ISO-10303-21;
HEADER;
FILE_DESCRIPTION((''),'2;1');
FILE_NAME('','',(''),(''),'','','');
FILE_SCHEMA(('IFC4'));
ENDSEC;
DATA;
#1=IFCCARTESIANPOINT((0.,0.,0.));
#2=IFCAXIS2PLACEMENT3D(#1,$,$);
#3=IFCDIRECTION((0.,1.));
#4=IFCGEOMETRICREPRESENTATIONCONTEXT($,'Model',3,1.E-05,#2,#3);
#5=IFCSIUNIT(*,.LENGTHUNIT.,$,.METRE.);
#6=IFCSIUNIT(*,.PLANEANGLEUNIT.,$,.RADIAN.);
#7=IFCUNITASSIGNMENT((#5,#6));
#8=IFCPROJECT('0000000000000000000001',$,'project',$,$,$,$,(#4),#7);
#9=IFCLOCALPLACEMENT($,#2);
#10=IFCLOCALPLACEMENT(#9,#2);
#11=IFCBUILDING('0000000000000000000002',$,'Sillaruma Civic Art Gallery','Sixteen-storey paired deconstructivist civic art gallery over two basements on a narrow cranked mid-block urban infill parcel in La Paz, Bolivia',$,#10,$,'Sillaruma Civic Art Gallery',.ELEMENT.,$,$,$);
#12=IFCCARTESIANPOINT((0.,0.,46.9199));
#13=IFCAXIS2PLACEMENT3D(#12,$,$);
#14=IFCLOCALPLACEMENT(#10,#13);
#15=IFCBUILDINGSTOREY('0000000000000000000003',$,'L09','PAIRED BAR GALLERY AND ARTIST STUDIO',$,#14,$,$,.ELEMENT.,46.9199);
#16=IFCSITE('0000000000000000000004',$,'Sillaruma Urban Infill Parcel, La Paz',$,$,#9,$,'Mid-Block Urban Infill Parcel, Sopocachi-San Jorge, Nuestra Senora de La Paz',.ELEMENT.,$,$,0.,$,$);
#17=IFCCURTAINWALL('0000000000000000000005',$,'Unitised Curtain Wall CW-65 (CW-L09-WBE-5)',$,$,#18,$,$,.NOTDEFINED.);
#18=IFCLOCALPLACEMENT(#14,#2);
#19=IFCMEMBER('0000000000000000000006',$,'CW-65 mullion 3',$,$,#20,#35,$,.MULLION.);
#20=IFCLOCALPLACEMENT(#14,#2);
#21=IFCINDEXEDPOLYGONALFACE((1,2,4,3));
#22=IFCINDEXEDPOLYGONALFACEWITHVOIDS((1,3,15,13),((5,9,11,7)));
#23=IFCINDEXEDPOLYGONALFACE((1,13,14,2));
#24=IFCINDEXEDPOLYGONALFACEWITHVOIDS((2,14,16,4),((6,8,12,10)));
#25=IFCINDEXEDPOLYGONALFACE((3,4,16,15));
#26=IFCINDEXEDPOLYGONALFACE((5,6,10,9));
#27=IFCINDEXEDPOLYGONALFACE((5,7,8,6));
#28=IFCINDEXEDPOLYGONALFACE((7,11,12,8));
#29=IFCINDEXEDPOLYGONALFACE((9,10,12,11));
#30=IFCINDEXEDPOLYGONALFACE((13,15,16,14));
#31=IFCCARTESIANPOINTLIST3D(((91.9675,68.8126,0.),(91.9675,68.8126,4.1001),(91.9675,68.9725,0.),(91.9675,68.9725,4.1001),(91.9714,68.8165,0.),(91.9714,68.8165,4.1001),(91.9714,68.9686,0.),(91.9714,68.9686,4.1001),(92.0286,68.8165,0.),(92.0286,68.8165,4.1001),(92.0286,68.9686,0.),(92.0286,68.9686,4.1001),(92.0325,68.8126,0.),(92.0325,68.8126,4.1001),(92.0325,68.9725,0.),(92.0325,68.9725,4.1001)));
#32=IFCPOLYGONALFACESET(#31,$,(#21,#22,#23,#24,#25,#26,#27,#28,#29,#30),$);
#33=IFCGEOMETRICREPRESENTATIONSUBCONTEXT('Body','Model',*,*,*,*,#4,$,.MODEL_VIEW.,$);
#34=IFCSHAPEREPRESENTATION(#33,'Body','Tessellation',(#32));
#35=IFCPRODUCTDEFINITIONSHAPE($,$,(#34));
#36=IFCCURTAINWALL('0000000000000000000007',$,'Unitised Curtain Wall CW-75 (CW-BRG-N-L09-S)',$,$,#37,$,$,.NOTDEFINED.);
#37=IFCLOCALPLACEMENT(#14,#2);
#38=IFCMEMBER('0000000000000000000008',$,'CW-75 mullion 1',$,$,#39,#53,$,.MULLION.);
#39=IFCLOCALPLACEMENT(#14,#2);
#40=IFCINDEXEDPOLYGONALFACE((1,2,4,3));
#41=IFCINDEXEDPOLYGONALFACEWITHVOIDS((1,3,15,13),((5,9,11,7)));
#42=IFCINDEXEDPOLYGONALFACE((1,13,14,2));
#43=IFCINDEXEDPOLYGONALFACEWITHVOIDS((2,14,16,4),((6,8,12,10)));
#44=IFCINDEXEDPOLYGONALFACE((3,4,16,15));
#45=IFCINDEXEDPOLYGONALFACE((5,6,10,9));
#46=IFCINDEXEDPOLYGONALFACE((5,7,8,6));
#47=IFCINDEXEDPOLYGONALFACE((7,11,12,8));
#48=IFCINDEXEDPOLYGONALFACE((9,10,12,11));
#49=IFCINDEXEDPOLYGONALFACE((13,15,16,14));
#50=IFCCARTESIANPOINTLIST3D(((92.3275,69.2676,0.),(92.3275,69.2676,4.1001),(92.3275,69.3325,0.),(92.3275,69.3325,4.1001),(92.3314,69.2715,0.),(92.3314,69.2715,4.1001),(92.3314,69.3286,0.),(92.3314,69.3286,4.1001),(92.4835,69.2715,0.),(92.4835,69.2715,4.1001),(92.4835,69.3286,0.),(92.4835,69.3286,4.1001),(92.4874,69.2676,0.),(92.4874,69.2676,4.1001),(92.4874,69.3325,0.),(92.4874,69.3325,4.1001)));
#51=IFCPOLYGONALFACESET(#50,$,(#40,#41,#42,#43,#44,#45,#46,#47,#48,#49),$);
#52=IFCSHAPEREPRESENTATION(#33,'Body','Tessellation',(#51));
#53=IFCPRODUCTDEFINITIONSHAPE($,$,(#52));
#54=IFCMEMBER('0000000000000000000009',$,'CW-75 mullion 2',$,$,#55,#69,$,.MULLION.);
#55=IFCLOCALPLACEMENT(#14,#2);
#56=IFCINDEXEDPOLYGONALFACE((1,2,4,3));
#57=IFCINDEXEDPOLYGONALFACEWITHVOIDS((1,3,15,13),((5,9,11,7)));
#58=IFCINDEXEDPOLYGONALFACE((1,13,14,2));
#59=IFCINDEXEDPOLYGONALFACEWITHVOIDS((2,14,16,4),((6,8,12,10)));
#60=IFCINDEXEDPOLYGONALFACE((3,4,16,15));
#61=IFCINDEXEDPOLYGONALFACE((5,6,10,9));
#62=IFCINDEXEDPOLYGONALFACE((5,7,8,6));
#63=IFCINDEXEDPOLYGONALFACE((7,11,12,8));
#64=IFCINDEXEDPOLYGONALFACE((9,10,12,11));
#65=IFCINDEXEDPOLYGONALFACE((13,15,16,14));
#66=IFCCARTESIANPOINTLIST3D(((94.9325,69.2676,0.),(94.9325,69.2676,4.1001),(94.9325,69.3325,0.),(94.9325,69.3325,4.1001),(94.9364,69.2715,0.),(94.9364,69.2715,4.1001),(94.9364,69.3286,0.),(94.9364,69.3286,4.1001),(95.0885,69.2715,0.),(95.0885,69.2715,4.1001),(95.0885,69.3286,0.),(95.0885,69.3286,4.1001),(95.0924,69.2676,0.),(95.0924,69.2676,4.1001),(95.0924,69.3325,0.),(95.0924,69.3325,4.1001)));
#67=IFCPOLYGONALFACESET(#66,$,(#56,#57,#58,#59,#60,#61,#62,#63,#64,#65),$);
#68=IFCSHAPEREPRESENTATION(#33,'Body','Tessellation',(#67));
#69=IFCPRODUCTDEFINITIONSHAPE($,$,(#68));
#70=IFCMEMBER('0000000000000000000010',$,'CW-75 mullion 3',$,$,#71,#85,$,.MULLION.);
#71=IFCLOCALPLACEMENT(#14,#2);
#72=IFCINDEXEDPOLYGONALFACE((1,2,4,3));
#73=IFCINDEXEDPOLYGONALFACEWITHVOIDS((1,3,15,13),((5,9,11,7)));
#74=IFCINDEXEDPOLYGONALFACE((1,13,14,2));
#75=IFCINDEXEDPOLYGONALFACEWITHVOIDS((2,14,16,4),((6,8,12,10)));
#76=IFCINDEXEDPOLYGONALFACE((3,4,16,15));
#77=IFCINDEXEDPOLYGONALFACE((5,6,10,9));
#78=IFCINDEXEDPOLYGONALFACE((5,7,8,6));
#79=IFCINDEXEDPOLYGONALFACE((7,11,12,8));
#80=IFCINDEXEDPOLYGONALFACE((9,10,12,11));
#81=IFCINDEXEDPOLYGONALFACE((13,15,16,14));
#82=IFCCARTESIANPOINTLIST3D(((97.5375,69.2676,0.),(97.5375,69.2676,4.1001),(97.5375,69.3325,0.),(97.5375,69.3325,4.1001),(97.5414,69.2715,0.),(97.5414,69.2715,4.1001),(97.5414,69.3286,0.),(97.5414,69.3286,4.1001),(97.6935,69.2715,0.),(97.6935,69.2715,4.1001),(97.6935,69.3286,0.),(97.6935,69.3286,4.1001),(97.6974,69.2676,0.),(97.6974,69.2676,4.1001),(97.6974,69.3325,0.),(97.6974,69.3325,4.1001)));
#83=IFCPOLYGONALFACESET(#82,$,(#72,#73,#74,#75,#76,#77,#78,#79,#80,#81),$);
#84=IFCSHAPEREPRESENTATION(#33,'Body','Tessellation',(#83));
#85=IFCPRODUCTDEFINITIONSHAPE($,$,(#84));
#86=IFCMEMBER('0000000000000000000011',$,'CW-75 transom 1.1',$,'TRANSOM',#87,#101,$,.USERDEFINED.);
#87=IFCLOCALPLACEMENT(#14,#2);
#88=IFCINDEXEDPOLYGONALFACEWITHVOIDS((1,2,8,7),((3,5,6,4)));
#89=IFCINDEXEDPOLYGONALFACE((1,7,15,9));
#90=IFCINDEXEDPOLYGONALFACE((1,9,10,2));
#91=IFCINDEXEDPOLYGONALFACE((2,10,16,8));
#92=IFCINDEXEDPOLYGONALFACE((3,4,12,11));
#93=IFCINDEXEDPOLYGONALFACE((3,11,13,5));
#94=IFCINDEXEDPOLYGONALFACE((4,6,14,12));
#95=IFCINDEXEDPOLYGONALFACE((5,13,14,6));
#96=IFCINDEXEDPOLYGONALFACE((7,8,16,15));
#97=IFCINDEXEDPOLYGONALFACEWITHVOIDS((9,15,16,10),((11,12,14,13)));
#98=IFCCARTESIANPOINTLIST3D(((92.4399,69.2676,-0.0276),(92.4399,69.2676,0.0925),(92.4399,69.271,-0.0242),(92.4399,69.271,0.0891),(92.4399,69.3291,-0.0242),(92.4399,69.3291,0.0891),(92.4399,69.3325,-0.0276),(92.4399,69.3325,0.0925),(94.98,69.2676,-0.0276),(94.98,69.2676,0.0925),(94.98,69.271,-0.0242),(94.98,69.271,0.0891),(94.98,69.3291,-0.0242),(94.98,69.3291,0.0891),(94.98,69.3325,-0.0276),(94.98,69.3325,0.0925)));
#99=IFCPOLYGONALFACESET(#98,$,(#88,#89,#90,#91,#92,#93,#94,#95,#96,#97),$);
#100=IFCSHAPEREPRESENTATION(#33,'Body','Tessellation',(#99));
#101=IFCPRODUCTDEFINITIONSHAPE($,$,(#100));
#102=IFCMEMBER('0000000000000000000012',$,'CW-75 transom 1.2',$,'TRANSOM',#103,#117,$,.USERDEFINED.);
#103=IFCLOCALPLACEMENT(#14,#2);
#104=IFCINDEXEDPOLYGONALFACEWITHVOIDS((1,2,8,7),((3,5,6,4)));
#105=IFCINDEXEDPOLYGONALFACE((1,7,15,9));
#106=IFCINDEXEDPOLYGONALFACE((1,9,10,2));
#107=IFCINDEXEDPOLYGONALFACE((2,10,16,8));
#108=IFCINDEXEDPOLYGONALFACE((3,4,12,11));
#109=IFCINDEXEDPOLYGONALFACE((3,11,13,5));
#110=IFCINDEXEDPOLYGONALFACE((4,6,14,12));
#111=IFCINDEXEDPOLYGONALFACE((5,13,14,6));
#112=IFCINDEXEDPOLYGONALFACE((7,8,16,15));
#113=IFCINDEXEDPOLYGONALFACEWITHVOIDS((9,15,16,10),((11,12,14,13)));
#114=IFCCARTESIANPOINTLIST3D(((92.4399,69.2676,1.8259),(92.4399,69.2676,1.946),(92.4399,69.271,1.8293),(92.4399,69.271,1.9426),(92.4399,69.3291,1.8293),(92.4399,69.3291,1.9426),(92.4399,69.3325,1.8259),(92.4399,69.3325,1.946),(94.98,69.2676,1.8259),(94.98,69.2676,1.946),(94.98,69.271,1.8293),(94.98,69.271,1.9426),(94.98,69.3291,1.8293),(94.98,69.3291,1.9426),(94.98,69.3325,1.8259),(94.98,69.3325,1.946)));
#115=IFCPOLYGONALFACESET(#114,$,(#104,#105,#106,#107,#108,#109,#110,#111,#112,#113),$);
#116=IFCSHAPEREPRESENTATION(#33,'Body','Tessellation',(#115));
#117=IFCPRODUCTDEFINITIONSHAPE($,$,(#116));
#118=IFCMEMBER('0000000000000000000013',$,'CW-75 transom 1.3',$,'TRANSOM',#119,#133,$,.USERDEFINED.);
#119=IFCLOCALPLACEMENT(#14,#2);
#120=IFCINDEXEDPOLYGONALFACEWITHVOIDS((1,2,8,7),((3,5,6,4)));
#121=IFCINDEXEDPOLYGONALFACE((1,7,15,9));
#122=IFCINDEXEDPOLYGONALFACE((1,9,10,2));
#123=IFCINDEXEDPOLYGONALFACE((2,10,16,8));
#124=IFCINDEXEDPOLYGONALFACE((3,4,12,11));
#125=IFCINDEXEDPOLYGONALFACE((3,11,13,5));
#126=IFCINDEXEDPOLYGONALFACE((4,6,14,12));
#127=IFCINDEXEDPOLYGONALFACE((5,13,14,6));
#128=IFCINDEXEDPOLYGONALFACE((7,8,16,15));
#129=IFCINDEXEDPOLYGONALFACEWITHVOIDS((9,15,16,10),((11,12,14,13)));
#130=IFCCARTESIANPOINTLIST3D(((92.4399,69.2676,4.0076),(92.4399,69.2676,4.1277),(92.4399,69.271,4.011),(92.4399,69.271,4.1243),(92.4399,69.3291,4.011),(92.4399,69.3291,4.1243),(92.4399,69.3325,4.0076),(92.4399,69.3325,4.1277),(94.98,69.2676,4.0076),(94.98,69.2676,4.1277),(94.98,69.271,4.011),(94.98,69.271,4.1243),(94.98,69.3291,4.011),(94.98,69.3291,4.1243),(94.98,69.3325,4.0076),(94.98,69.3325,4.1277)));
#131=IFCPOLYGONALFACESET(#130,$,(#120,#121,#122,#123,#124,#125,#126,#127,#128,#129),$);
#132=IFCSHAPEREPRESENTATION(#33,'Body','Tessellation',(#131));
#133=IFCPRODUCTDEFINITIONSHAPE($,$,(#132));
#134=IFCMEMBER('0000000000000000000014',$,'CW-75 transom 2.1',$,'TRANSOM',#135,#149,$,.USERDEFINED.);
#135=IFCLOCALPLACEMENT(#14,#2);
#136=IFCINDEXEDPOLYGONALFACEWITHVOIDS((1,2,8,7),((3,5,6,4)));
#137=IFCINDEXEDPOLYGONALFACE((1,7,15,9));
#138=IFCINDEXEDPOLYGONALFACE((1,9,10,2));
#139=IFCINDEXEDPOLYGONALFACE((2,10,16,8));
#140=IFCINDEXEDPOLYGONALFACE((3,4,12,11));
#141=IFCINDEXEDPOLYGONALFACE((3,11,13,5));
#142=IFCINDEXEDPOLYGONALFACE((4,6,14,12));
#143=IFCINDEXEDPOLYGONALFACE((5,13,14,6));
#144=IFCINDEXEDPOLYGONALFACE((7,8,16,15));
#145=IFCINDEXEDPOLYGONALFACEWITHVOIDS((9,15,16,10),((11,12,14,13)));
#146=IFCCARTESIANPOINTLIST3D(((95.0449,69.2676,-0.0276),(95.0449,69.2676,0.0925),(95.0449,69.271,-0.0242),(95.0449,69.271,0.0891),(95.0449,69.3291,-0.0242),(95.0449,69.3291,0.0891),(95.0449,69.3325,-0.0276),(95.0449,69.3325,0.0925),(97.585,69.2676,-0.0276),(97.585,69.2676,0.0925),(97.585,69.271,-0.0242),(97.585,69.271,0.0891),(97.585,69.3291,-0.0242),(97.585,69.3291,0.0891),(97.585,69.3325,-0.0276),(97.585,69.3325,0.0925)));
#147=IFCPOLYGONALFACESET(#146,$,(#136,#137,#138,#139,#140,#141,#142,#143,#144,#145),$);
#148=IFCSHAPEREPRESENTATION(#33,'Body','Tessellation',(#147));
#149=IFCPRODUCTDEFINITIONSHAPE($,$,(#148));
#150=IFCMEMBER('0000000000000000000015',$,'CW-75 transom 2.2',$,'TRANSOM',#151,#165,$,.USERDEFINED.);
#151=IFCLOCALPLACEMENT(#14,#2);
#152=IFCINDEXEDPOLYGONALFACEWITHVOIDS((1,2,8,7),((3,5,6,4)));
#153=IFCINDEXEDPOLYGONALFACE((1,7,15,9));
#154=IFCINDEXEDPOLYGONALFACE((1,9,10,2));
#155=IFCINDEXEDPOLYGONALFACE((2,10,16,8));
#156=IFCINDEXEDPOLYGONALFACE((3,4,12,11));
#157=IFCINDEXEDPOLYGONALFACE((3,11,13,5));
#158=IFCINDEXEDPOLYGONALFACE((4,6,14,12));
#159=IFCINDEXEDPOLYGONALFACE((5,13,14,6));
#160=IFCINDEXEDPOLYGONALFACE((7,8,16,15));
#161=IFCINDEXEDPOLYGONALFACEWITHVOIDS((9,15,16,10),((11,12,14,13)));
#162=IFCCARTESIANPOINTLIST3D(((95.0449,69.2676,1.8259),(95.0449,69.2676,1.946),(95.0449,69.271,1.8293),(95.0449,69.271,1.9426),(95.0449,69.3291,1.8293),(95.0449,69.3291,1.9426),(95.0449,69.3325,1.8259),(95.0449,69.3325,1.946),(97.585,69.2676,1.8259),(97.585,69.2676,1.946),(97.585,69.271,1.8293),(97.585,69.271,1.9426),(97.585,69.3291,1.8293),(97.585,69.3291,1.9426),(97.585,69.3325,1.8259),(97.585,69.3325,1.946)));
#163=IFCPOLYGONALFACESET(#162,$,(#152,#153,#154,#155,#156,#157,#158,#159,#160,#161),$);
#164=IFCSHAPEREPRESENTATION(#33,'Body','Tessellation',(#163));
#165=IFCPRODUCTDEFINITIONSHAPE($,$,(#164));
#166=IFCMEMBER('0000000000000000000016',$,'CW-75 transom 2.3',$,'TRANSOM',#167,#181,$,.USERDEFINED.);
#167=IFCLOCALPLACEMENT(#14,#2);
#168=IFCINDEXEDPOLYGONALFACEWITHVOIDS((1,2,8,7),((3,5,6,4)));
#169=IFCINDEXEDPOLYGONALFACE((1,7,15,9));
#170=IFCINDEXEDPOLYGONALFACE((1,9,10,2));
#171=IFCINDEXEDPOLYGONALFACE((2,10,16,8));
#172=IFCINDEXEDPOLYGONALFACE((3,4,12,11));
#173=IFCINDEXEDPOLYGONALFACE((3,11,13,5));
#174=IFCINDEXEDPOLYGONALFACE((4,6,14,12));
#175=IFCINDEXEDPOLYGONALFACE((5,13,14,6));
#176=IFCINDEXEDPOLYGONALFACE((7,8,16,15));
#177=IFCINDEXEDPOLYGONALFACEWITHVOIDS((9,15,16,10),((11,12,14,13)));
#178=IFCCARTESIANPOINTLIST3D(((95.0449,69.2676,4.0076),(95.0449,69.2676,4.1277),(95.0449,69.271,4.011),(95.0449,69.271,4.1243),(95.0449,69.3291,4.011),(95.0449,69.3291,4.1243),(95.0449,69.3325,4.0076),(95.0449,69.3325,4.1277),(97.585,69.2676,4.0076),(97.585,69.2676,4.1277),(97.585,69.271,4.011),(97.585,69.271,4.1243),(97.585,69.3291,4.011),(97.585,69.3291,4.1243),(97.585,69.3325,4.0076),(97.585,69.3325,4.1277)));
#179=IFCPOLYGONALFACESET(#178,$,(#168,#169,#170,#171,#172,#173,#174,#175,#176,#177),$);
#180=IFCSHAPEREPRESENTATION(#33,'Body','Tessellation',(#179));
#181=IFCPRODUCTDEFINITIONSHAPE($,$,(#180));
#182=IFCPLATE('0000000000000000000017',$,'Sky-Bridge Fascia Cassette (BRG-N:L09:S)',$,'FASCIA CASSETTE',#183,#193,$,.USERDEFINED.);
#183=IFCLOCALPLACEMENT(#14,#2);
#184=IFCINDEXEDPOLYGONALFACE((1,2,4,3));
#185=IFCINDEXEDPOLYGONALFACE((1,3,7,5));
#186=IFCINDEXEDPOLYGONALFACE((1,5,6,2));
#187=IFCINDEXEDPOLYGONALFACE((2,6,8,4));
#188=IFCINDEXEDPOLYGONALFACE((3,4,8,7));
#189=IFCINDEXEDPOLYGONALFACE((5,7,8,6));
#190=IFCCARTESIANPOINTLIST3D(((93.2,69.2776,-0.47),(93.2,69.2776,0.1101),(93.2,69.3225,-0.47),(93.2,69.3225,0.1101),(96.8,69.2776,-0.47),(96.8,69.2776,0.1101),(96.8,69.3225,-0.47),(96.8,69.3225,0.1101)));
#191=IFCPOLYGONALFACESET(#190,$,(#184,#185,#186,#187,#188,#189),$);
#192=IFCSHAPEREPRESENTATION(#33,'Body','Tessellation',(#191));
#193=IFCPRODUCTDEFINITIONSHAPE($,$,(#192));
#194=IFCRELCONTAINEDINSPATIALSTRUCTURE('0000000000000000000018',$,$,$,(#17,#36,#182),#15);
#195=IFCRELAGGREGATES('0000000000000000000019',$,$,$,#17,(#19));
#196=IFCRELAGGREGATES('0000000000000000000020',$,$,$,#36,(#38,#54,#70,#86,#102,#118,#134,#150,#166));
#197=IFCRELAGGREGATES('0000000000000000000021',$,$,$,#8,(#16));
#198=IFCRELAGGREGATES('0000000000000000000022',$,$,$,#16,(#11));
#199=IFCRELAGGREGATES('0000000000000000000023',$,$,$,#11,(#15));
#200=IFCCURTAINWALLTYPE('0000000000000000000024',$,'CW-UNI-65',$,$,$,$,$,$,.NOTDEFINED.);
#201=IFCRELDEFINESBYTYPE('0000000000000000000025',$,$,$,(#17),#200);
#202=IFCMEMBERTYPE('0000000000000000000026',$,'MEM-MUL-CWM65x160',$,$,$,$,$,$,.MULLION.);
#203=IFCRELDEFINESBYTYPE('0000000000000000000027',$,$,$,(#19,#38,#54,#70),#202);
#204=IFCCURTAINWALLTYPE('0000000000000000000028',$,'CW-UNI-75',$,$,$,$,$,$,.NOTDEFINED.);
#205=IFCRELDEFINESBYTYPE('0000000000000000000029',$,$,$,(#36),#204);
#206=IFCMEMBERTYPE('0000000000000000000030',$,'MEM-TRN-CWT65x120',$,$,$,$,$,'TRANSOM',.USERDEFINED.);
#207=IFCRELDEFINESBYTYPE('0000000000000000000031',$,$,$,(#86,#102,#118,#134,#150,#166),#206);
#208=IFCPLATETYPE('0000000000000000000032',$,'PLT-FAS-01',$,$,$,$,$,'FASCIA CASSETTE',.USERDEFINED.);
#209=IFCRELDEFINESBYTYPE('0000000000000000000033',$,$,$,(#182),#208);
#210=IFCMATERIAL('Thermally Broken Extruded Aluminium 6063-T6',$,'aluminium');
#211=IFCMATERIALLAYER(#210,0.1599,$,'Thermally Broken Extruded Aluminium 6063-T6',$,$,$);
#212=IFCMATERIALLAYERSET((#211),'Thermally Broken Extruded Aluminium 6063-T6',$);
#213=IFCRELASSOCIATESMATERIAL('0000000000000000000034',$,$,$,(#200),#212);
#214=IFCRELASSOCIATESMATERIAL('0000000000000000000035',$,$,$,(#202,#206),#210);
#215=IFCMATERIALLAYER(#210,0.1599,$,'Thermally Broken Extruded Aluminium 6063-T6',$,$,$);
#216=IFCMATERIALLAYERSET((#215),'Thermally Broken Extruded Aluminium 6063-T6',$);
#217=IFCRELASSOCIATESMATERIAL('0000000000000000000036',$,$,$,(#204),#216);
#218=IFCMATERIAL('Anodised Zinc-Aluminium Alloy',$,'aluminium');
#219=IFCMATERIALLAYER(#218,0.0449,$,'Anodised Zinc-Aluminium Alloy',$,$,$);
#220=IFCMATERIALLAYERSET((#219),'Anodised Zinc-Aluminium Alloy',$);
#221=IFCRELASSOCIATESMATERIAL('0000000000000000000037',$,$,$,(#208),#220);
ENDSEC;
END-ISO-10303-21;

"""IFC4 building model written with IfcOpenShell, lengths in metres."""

from ifc_helpers import new_model, si_unit, direction, frame, origin, origin_2d, place, context, subcontext, project, spatial, rectangle, hollow_rectangle, extrude, material, layer, layer_set, material_profile, profile_set, type_object, element, aggregate, save


model = new_model("IFC4")

# Units and contexts
model_context = context("Model", 3, precision=1e-05, world=origin(), true_north=direction((0.0, 1.0)))
body_context = subcontext(model_context, "Body", "Model", "MODEL_VIEW")
ifc_project = project(units=[si_unit("LENGTHUNIT", "METRE"), si_unit("PLANEANGLEUNIT", "RADIAN")], contexts=[model_context])

# Site, building, storey
site_placement = place(None, origin())
site = spatial("IfcSite", under=ifc_project, at=site_placement, Name="Sillaruma Urban Infill Parcel, La Paz", LongName="Mid-Block Urban Infill Parcel, Sopocachi-San Jorge, Nuestra Senora de La Paz", CompositionType="ELEMENT", RefElevation=0.0)
building_placement = place(site_placement, origin())
building = spatial("IfcBuilding", under=site, at=building_placement, Name="Sillaruma Civic Art Gallery", Description="Sixteen-storey paired deconstructivist civic art gallery over two basements on a narrow cranked mid-block urban infill parcel in La Paz, Bolivia", LongName="Sillaruma Civic Art Gallery", CompositionType="ELEMENT")
storey_placement = place(building_placement, frame((0.0, 0.0, 46.9199)))
storey = spatial("IfcBuildingStorey", under=building, at=storey_placement, Name="L09", Description="PAIRED BAR GALLERY AND ARTIST STUDIO", CompositionType="ELEMENT", Elevation=46.9199)

# Curtain wall, member
ifc_material_1 = material(Name="Thermally Broken Extruded Aluminium 6063-T6", Category="aluminium")
ifc_layer_1 = layer(ifc_material_1, 0.1599, Name="Thermally Broken Extruded Aluminium 6063-T6")
ifc_layer_set_1 = layer_set([ifc_layer_1], Name="Thermally Broken Extruded Aluminium 6063-T6")
curtain_wall_type_1 = type_object("IfcCurtainWallType", Name="CW-UNI-65", PredefinedType="NOTDEFINED", material=ifc_layer_set_1)
curtain_wall_1_placement = place(storey_placement, origin())
curtain_wall_1 = element("IfcCurtainWall", 1, at=curtain_wall_1_placement, inside=storey, type_object=curtain_wall_type_1, Name="Unitised Curtain Wall CW-65 (CW-L09-WBE-5)", PredefinedType="NOTDEFINED")
ifc_material_profile_1 = material_profile(ifc_material_1, hollow_rectangle(XDim=0.0649, YDim=0.1599, WallThickness=0.0039, at=origin_2d()), Name="CWM65x160")
ifc_profile_set_1 = profile_set([ifc_material_profile_1], Name="Thermally Broken Extruded Aluminium 6063-T6")
member_type_1 = type_object("IfcMemberType", Name="MEM-MUL-CWM65x160", PredefinedType="MULLION", material=ifc_profile_set_1)
member_1_placement = place(storey_placement, frame((92.0, 68.8926, 0.0), z_axis=(0.0, 0.0, 1.0), x_axis=(-1.0, 0.0, 0.0)))
member_1 = element("IfcMember", 2, at=member_1_placement, type_object=member_type_1, Name="CW-65 mullion 3", PredefinedType="MULLION", context=body_context, shape_type="SweptSolid", body=[
    extrude(hollow_rectangle(XDim=0.0649, YDim=0.1599, WallThickness=0.0039, at=origin_2d()), origin(), (0.0, 0.0, 1.0), 4.1001),
])

# Curtain wall, members
ifc_layer_2 = layer(ifc_material_1, 0.1599, Name="Thermally Broken Extruded Aluminium 6063-T6")
ifc_layer_set_2 = layer_set([ifc_layer_2], Name="Thermally Broken Extruded Aluminium 6063-T6")
curtain_wall_type_2 = type_object("IfcCurtainWallType", Name="CW-UNI-75", PredefinedType="NOTDEFINED", material=ifc_layer_set_2)
curtain_wall_2_placement = place(storey_placement, origin())
curtain_wall_2 = element("IfcCurtainWall", 3, at=curtain_wall_2_placement, inside=storey, type_object=curtain_wall_type_2, Name="Unitised Curtain Wall CW-75 (CW-BRG-N-L09-S)", PredefinedType="NOTDEFINED")
member_2_placement = place(storey_placement, frame((92.4075, 69.3, 0.0), z_axis=(0.0, 0.0, 1.0), x_axis=(0.0, 1.0, 0.0)))
member_2 = element("IfcMember", 4, at=member_2_placement, type_object=member_type_1, Name="CW-75 mullion 1", PredefinedType="MULLION", context=body_context, shape_type="SweptSolid", body=[
    extrude(hollow_rectangle(XDim=0.0649, YDim=0.1599, WallThickness=0.0039, at=origin_2d()), origin(), (0.0, 0.0, 1.0), 4.1001),
])
member_3_placement = place(storey_placement, frame((95.0125, 69.3, 0.0), z_axis=(0.0, 0.0, 1.0), x_axis=(0.0, 1.0, 0.0)))
member_3 = element("IfcMember", 5, at=member_3_placement, type_object=member_type_1, Name="CW-75 mullion 2", PredefinedType="MULLION", context=body_context, shape_type="SweptSolid", body=[
    extrude(hollow_rectangle(XDim=0.0649, YDim=0.1599, WallThickness=0.0039, at=origin_2d()), origin(), (0.0, 0.0, 1.0), 4.1001),
])
member_4_placement = place(storey_placement, frame((97.6174, 69.3, 0.0), z_axis=(0.0, 0.0, 1.0), x_axis=(0.0, 1.0, 0.0)))
member_4 = element("IfcMember", 6, at=member_4_placement, type_object=member_type_1, Name="CW-75 mullion 3", PredefinedType="MULLION", context=body_context, shape_type="SweptSolid", body=[
    extrude(hollow_rectangle(XDim=0.0649, YDim=0.1599, WallThickness=0.0039, at=origin_2d()), origin(), (0.0, 0.0, 1.0), 4.1001),
])
ifc_material_profile_2 = material_profile(ifc_material_1, hollow_rectangle(XDim=0.0649, YDim=0.1201, WallThickness=0.0034, at=origin_2d()), Name="CWT65x120")
ifc_profile_set_2 = profile_set([ifc_material_profile_2], Name="Thermally Broken Extruded Aluminium 6063-T6")
member_type_2 = type_object("IfcMemberType", Name="MEM-TRN-CWT65x120", ElementType="TRANSOM", PredefinedType="USERDEFINED", material=ifc_profile_set_2)
member_5_placement = place(storey_placement, frame((92.4399, 69.3, 0.0325), z_axis=(1.0, 0.0, 0.0), x_axis=(0.0, 1.0, 0.0)))
member_5 = element("IfcMember", 7, at=member_5_placement, type_object=member_type_2, Name="CW-75 transom 1.1", ObjectType="TRANSOM", PredefinedType="USERDEFINED", context=body_context, shape_type="SweptSolid", body=[
    extrude(hollow_rectangle(XDim=0.0649, YDim=0.1201, WallThickness=0.0034, at=origin_2d()), origin(), (0.0, 0.0, 1.0), 2.54),
])
member_6_placement = place(storey_placement, frame((92.4399, 69.3, 1.886), z_axis=(1.0, 0.0, 0.0), x_axis=(0.0, 1.0, 0.0)))
member_6 = element("IfcMember", 8, at=member_6_placement, type_object=member_type_2, Name="CW-75 transom 1.2", ObjectType="TRANSOM", PredefinedType="USERDEFINED", context=body_context, shape_type="SweptSolid", body=[
    extrude(hollow_rectangle(XDim=0.0649, YDim=0.1201, WallThickness=0.0034, at=origin_2d()), origin(), (0.0, 0.0, 1.0), 2.54),
])
member_7_placement = place(storey_placement, frame((92.4399, 69.3, 4.0676), z_axis=(1.0, 0.0, 0.0), x_axis=(0.0, 1.0, 0.0)))
member_7 = element("IfcMember", 9, at=member_7_placement, type_object=member_type_2, Name="CW-75 transom 1.3", ObjectType="TRANSOM", PredefinedType="USERDEFINED", context=body_context, shape_type="SweptSolid", body=[
    extrude(hollow_rectangle(XDim=0.0649, YDim=0.1201, WallThickness=0.0034, at=origin_2d()), origin(), (0.0, 0.0, 1.0), 2.54),
])
member_8_placement = place(storey_placement, frame((95.0449, 69.3, 0.0325), z_axis=(1.0, 0.0, 0.0), x_axis=(0.0, 1.0, 0.0)))
member_8 = element("IfcMember", 10, at=member_8_placement, type_object=member_type_2, Name="CW-75 transom 2.1", ObjectType="TRANSOM", PredefinedType="USERDEFINED", context=body_context, shape_type="SweptSolid", body=[
    extrude(hollow_rectangle(XDim=0.0649, YDim=0.1201, WallThickness=0.0034, at=origin_2d()), origin(), (0.0, 0.0, 1.0), 2.54),
])
member_9_placement = place(storey_placement, frame((95.0449, 69.3, 1.886), z_axis=(1.0, 0.0, 0.0), x_axis=(0.0, 1.0, 0.0)))
member_9 = element("IfcMember", 11, at=member_9_placement, type_object=member_type_2, Name="CW-75 transom 2.2", ObjectType="TRANSOM", PredefinedType="USERDEFINED", context=body_context, shape_type="SweptSolid", body=[
    extrude(hollow_rectangle(XDim=0.0649, YDim=0.1201, WallThickness=0.0034, at=origin_2d()), origin(), (0.0, 0.0, 1.0), 2.54),
])
member_10_placement = place(storey_placement, frame((95.0449, 69.3, 4.0676), z_axis=(1.0, 0.0, 0.0), x_axis=(0.0, 1.0, 0.0)))
member_10 = element("IfcMember", 12, at=member_10_placement, type_object=member_type_2, Name="CW-75 transom 2.3", ObjectType="TRANSOM", PredefinedType="USERDEFINED", context=body_context, shape_type="SweptSolid", body=[
    extrude(hollow_rectangle(XDim=0.0649, YDim=0.1201, WallThickness=0.0034, at=origin_2d()), origin(), (0.0, 0.0, 1.0), 2.54),
])

# Plate
ifc_material_2 = material(Name="Anodised Zinc-Aluminium Alloy", Category="aluminium")
ifc_layer_3 = layer(ifc_material_2, 0.0449, Name="Anodised Zinc-Aluminium Alloy")
ifc_layer_set_3 = layer_set([ifc_layer_3], Name="Anodised Zinc-Aluminium Alloy")
plate_type_1 = type_object("IfcPlateType", Name="PLT-FAS-01", ElementType="FASCIA CASSETTE", PredefinedType="USERDEFINED", material=ifc_layer_set_3)
plate_1_placement = place(storey_placement, frame((95.0, 69.3, -0.47), z_axis=(0.0, 0.0, 1.0), x_axis=(1.0, 0.0, 0.0)))
element("IfcPlate", 13, at=plate_1_placement, inside=storey, type_object=plate_type_1, Name="Sky-Bridge Fascia Cassette (BRG-N:L09:S)", ObjectType="FASCIA CASSETTE", PredefinedType="USERDEFINED", context=body_context, shape_type="SweptSolid", body=[
    extrude(rectangle(XDim=3.6001, YDim=0.0449, at=origin_2d()), origin(), (0.0, 0.0, 1.0), 0.5801),
])
aggregate(curtain_wall_1, [member_1])
aggregate(curtain_wall_2, [member_2, member_3, member_4, member_5, member_6, member_7, member_8, member_9, member_10])

save(model, "model.ifc")
